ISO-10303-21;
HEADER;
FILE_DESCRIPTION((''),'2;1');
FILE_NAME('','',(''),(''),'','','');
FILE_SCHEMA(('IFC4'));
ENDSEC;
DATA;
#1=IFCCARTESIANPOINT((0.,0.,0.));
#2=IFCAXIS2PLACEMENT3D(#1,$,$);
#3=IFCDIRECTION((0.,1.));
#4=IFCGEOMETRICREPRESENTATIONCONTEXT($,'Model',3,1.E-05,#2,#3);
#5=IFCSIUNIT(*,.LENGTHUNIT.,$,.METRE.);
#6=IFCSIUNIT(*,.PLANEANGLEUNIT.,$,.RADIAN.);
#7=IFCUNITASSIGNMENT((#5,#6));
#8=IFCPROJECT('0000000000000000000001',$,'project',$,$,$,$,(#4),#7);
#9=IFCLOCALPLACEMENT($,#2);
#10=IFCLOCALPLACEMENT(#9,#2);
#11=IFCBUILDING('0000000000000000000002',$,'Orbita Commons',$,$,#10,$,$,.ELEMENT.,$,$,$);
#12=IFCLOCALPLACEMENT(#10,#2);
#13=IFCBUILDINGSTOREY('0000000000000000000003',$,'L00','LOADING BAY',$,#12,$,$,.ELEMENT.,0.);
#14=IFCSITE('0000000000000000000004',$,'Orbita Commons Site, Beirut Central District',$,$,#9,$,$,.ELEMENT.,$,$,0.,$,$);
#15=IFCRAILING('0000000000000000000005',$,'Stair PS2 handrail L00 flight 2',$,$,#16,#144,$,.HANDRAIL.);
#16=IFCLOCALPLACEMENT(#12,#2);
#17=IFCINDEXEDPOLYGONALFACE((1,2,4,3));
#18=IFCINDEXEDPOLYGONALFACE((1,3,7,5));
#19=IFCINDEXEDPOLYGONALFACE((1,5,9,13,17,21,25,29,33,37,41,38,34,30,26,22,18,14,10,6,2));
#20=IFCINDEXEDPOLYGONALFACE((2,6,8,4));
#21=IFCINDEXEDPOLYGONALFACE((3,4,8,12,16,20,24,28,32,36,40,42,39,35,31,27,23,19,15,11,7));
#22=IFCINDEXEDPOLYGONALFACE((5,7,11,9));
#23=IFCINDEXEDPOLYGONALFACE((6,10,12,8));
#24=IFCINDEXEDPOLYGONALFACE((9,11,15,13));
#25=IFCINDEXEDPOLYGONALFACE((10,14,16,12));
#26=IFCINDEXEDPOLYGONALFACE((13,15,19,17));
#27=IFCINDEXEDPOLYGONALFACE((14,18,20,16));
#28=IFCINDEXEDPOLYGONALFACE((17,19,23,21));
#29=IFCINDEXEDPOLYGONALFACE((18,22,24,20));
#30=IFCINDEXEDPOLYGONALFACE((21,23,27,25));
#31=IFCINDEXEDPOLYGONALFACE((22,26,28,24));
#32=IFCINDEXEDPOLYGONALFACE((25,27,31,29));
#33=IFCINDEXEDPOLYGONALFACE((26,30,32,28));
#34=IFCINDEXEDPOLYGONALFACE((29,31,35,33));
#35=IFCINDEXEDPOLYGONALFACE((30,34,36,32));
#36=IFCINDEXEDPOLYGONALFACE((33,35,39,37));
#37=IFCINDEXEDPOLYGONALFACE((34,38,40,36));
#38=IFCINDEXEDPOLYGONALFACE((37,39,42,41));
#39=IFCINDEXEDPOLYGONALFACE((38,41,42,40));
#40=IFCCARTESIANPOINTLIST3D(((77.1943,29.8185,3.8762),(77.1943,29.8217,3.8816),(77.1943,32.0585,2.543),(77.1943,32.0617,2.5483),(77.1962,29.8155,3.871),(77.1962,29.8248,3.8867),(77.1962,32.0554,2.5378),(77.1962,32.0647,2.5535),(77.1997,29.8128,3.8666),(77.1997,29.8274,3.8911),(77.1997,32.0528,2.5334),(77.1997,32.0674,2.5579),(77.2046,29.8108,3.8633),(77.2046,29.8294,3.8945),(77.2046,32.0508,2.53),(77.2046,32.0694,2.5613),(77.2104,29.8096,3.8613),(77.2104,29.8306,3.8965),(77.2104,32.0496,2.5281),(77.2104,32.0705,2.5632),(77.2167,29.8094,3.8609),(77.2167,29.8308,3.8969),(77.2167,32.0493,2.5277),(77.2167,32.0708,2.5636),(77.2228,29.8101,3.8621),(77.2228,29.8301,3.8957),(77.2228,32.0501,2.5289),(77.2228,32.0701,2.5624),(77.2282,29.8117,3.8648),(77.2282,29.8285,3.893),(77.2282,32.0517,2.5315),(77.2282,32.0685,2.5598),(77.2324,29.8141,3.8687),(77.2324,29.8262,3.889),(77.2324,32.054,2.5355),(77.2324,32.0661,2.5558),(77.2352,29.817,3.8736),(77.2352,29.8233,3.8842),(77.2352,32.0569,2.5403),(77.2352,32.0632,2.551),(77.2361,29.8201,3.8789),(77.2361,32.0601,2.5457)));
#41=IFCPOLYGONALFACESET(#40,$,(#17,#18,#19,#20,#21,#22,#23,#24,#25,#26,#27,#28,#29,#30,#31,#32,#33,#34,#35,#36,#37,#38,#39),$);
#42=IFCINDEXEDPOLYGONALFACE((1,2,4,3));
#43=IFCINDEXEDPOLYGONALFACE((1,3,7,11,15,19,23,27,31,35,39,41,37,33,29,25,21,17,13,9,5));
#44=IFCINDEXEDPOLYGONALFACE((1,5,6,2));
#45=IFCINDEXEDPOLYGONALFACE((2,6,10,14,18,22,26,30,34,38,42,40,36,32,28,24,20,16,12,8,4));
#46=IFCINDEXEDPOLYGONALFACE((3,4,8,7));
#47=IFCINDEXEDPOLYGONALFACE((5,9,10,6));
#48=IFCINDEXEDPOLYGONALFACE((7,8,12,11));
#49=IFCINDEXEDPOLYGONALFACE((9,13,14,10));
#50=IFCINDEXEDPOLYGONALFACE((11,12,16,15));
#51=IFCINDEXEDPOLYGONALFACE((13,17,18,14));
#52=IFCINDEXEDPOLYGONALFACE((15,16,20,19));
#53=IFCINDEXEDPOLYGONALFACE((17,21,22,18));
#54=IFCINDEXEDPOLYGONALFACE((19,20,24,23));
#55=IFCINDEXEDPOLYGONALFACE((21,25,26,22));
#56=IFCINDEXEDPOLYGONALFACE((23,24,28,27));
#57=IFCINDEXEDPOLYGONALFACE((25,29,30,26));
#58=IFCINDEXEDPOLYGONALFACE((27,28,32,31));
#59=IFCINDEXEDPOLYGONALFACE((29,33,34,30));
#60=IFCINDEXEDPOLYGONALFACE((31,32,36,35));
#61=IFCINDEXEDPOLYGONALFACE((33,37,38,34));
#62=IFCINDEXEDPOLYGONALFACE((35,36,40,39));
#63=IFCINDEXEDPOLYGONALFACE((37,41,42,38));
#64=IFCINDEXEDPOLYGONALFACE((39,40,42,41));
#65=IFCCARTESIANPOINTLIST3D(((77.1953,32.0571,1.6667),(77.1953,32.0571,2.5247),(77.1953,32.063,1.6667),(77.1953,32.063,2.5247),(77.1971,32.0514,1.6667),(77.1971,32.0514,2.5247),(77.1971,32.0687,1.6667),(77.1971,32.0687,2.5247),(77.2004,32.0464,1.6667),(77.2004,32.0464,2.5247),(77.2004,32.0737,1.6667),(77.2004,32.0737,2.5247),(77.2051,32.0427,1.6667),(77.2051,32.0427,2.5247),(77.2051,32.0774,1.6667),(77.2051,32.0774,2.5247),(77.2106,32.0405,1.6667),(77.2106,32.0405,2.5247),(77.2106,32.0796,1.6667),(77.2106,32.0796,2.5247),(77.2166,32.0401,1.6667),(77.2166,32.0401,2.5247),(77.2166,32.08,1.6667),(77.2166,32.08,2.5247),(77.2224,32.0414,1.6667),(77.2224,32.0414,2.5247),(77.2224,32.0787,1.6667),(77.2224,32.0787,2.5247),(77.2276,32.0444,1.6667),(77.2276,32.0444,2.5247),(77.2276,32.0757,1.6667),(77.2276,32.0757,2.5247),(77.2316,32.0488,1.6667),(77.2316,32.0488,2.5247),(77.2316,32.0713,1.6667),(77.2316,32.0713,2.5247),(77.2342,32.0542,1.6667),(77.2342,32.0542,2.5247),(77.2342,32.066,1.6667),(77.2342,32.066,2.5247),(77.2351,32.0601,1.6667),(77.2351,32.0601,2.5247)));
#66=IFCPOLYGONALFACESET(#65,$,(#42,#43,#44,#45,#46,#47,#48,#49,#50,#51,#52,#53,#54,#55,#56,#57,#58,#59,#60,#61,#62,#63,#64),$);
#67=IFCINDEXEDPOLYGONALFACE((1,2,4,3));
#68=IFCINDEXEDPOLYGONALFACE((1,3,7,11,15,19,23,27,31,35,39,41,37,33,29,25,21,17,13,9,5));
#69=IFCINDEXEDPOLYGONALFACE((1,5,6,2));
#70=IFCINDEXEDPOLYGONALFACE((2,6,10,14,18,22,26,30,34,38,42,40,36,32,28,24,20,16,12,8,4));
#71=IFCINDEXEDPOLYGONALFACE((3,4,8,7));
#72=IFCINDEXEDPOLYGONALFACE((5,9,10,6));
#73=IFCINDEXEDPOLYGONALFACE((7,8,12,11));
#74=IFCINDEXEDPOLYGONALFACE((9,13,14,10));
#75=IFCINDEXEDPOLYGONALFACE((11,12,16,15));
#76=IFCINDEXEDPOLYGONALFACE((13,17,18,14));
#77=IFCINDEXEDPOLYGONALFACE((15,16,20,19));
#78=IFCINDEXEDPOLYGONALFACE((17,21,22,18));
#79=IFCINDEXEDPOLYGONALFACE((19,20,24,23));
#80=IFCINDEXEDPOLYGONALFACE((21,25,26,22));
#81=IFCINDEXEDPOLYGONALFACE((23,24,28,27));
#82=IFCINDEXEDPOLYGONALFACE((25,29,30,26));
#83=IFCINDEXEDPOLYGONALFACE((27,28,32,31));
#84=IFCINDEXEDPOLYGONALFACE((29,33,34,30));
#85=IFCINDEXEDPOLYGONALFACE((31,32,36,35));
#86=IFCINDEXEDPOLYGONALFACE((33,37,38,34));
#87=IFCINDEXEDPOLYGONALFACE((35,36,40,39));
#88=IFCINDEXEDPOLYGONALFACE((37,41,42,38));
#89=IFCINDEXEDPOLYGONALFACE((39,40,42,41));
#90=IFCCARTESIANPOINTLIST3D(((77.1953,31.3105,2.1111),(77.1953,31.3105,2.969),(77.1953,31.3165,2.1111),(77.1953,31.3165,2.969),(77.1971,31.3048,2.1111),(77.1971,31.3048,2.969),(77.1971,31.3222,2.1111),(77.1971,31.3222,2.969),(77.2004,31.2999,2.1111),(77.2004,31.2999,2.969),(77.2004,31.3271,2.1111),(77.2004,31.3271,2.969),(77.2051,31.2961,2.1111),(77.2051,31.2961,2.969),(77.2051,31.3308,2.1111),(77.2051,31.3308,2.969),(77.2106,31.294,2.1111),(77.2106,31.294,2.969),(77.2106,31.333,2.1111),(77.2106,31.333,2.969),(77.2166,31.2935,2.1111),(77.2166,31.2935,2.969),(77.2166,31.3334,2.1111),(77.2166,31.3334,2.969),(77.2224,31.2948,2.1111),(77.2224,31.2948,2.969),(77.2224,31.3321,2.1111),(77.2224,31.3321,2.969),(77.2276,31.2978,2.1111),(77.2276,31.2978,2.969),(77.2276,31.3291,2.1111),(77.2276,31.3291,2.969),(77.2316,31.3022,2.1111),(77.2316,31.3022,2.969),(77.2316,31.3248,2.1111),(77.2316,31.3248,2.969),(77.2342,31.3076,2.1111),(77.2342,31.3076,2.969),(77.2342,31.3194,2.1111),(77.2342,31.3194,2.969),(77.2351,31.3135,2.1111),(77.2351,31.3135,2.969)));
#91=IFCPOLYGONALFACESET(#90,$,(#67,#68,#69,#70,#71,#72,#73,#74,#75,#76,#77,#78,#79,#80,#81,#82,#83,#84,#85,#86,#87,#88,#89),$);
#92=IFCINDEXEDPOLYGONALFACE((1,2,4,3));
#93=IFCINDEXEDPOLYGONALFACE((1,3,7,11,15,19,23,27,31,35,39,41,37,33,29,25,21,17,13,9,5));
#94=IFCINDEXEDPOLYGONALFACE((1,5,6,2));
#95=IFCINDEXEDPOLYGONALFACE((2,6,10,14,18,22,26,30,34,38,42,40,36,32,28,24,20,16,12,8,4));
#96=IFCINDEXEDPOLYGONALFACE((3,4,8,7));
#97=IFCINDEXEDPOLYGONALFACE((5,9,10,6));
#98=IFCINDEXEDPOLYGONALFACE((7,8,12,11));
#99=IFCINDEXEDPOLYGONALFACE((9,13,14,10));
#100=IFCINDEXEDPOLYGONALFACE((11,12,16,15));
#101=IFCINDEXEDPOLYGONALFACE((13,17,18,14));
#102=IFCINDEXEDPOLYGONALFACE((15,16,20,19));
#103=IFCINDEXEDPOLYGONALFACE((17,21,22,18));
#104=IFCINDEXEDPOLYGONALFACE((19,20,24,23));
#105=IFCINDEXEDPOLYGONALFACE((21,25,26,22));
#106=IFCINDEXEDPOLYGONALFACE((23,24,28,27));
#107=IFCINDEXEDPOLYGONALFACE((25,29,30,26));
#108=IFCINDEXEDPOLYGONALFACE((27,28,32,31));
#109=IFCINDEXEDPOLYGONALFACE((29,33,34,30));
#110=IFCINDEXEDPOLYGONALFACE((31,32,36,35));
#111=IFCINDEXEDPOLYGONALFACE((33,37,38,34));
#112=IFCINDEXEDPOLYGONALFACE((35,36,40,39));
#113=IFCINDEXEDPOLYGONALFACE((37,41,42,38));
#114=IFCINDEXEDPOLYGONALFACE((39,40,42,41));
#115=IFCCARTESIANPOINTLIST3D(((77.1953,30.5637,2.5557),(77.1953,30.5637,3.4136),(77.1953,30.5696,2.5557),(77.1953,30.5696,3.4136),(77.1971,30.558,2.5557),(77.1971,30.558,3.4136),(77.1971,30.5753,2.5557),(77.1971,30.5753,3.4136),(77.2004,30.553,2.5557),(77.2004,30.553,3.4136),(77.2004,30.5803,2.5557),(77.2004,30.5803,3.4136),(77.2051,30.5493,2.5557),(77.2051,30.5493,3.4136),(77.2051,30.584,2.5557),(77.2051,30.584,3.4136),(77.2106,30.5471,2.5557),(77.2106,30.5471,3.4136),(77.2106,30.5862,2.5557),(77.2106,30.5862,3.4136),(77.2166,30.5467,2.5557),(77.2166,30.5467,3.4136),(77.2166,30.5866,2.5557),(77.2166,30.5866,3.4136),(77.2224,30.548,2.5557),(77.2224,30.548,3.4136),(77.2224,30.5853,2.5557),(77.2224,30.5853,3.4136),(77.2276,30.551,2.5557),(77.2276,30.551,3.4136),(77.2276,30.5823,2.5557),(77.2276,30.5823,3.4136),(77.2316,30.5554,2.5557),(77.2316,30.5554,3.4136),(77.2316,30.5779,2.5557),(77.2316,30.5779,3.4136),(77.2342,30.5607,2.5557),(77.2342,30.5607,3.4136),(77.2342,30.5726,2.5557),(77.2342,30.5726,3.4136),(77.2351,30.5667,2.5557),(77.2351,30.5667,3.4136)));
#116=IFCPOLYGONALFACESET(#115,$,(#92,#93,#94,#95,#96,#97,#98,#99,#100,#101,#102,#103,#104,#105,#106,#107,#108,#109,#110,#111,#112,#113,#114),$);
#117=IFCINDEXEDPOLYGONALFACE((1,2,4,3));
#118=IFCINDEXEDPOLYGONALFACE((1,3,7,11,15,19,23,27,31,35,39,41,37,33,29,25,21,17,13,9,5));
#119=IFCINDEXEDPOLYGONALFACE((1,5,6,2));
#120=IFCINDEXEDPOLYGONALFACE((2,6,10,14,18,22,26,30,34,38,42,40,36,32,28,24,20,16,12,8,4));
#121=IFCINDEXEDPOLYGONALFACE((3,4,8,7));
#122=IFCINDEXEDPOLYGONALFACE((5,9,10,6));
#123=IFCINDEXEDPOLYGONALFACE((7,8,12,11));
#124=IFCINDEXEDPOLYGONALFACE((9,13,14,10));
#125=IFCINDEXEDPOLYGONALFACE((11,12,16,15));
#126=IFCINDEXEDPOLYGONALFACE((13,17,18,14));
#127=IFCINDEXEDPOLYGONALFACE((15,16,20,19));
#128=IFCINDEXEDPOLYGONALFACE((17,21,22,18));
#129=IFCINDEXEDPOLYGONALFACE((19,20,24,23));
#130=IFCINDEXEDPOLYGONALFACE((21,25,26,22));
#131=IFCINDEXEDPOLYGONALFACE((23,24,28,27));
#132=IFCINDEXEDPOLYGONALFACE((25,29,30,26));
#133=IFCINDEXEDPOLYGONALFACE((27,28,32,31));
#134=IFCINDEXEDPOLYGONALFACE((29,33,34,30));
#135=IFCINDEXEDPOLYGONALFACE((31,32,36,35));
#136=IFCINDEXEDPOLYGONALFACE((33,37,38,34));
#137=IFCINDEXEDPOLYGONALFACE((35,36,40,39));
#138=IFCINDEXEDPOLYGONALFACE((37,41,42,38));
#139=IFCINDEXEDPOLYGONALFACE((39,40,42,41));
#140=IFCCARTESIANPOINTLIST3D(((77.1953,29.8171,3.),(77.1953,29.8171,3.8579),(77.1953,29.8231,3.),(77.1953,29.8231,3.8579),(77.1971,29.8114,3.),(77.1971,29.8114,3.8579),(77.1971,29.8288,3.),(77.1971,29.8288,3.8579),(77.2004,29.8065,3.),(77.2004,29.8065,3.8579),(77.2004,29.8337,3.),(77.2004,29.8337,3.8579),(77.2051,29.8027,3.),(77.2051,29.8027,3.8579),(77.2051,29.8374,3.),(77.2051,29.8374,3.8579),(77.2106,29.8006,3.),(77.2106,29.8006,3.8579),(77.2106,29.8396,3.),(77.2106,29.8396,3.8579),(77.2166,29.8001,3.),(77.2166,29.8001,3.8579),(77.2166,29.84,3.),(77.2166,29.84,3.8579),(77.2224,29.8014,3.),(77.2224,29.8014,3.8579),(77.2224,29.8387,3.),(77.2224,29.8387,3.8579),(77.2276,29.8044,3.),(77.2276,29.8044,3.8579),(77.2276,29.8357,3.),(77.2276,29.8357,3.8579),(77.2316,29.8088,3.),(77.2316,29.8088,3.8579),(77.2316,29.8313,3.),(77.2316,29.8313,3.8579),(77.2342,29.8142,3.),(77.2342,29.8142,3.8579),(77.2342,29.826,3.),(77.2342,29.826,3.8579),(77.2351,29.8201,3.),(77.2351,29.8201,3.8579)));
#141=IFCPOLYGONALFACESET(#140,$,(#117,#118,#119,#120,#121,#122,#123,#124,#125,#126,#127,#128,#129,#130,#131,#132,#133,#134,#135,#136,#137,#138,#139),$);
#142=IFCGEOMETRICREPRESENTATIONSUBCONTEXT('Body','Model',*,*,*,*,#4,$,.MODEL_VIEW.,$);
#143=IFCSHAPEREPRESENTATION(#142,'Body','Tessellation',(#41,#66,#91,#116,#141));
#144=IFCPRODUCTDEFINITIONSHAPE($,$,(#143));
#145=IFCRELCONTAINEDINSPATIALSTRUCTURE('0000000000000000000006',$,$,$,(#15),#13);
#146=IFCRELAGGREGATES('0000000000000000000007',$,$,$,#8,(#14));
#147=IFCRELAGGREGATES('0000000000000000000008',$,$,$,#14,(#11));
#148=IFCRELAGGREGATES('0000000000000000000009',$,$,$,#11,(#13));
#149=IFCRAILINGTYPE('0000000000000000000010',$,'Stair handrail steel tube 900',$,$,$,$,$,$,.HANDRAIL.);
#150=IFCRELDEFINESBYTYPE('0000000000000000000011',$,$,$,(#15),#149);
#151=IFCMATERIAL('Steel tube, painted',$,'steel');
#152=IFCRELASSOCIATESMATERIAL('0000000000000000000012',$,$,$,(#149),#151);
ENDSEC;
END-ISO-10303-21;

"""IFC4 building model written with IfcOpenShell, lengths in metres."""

from ifc_helpers import new_model, si_unit, direction, frame, origin, origin_2d, place, context, subcontext, project, spatial, circle, extrude, material, type_object, element, save


model = new_model("IFC4")

# Units and contexts
model_context = context("Model", 3, precision=1e-05, world=origin(), true_north=direction((0.0, 1.0)))
body_context = subcontext(model_context, "Body", "Model", "MODEL_VIEW")
ifc_project = project(units=[si_unit("LENGTHUNIT", "METRE"), si_unit("PLANEANGLEUNIT", "RADIAN")], contexts=[model_context])

# Site, building, storey
site_placement = place(None, origin())
site = spatial("IfcSite", under=ifc_project, at=site_placement, Name="Orbita Commons Site, Beirut Central District", CompositionType="ELEMENT", RefElevation=0.0)
building_placement = place(site_placement, origin())
building = spatial("IfcBuilding", under=site, at=building_placement, Name="Orbita Commons", CompositionType="ELEMENT")
storey_placement = place(building_placement, origin())
storey = spatial("IfcBuildingStorey", under=building, at=storey_placement, Name="L00", Description="LOADING BAY", CompositionType="ELEMENT", Elevation=0.0)

# Railing
ifc_material_1 = material(Name="Steel tube, painted", Category="steel")
railing_type_1 = type_object("IfcRailingType", Name="Stair handrail steel tube 900", PredefinedType="HANDRAIL", material=ifc_material_1)
for number, where, name in (
    (1, (77.2151, 32.0601, 1.6667), "Stair PS2 handrail L00 flight 2"),
):
    element("IfcRailing", number, at=place(storey_placement, frame(where)), inside=storey, type_object=railing_type_1, Name=name, PredefinedType="HANDRAIL", context=body_context, shape_type="SweptSolid", body=[
        extrude(circle(Radius=0.021, at=origin_2d()), frame((0.0, 0.0, 0.8789), z_axis=(0.0, -0.859306, 0.511462), x_axis=(1.0, 0.0, 0.0)), (0.0, 0.0, 1.0), 2.6067),
        extrude(circle(Radius=0.02, at=origin_2d()), origin(), (0.0, 0.0, 1.0), 0.8579),
        extrude(circle(Radius=0.02, at=origin_2d()), frame((0.0, -0.7466, 0.4443)), (0.0, 0.0, 1.0), 0.8579),
        extrude(circle(Radius=0.02, at=origin_2d()), frame((0.0, -1.4934, 0.8889)), (0.0, 0.0, 1.0), 0.8579),
        extrude(circle(Radius=0.02, at=origin_2d()), frame((0.0, -2.24, 1.3333)), (0.0, 0.0, 1.0), 0.8579),
    ])

save(model, "model.ifc")
